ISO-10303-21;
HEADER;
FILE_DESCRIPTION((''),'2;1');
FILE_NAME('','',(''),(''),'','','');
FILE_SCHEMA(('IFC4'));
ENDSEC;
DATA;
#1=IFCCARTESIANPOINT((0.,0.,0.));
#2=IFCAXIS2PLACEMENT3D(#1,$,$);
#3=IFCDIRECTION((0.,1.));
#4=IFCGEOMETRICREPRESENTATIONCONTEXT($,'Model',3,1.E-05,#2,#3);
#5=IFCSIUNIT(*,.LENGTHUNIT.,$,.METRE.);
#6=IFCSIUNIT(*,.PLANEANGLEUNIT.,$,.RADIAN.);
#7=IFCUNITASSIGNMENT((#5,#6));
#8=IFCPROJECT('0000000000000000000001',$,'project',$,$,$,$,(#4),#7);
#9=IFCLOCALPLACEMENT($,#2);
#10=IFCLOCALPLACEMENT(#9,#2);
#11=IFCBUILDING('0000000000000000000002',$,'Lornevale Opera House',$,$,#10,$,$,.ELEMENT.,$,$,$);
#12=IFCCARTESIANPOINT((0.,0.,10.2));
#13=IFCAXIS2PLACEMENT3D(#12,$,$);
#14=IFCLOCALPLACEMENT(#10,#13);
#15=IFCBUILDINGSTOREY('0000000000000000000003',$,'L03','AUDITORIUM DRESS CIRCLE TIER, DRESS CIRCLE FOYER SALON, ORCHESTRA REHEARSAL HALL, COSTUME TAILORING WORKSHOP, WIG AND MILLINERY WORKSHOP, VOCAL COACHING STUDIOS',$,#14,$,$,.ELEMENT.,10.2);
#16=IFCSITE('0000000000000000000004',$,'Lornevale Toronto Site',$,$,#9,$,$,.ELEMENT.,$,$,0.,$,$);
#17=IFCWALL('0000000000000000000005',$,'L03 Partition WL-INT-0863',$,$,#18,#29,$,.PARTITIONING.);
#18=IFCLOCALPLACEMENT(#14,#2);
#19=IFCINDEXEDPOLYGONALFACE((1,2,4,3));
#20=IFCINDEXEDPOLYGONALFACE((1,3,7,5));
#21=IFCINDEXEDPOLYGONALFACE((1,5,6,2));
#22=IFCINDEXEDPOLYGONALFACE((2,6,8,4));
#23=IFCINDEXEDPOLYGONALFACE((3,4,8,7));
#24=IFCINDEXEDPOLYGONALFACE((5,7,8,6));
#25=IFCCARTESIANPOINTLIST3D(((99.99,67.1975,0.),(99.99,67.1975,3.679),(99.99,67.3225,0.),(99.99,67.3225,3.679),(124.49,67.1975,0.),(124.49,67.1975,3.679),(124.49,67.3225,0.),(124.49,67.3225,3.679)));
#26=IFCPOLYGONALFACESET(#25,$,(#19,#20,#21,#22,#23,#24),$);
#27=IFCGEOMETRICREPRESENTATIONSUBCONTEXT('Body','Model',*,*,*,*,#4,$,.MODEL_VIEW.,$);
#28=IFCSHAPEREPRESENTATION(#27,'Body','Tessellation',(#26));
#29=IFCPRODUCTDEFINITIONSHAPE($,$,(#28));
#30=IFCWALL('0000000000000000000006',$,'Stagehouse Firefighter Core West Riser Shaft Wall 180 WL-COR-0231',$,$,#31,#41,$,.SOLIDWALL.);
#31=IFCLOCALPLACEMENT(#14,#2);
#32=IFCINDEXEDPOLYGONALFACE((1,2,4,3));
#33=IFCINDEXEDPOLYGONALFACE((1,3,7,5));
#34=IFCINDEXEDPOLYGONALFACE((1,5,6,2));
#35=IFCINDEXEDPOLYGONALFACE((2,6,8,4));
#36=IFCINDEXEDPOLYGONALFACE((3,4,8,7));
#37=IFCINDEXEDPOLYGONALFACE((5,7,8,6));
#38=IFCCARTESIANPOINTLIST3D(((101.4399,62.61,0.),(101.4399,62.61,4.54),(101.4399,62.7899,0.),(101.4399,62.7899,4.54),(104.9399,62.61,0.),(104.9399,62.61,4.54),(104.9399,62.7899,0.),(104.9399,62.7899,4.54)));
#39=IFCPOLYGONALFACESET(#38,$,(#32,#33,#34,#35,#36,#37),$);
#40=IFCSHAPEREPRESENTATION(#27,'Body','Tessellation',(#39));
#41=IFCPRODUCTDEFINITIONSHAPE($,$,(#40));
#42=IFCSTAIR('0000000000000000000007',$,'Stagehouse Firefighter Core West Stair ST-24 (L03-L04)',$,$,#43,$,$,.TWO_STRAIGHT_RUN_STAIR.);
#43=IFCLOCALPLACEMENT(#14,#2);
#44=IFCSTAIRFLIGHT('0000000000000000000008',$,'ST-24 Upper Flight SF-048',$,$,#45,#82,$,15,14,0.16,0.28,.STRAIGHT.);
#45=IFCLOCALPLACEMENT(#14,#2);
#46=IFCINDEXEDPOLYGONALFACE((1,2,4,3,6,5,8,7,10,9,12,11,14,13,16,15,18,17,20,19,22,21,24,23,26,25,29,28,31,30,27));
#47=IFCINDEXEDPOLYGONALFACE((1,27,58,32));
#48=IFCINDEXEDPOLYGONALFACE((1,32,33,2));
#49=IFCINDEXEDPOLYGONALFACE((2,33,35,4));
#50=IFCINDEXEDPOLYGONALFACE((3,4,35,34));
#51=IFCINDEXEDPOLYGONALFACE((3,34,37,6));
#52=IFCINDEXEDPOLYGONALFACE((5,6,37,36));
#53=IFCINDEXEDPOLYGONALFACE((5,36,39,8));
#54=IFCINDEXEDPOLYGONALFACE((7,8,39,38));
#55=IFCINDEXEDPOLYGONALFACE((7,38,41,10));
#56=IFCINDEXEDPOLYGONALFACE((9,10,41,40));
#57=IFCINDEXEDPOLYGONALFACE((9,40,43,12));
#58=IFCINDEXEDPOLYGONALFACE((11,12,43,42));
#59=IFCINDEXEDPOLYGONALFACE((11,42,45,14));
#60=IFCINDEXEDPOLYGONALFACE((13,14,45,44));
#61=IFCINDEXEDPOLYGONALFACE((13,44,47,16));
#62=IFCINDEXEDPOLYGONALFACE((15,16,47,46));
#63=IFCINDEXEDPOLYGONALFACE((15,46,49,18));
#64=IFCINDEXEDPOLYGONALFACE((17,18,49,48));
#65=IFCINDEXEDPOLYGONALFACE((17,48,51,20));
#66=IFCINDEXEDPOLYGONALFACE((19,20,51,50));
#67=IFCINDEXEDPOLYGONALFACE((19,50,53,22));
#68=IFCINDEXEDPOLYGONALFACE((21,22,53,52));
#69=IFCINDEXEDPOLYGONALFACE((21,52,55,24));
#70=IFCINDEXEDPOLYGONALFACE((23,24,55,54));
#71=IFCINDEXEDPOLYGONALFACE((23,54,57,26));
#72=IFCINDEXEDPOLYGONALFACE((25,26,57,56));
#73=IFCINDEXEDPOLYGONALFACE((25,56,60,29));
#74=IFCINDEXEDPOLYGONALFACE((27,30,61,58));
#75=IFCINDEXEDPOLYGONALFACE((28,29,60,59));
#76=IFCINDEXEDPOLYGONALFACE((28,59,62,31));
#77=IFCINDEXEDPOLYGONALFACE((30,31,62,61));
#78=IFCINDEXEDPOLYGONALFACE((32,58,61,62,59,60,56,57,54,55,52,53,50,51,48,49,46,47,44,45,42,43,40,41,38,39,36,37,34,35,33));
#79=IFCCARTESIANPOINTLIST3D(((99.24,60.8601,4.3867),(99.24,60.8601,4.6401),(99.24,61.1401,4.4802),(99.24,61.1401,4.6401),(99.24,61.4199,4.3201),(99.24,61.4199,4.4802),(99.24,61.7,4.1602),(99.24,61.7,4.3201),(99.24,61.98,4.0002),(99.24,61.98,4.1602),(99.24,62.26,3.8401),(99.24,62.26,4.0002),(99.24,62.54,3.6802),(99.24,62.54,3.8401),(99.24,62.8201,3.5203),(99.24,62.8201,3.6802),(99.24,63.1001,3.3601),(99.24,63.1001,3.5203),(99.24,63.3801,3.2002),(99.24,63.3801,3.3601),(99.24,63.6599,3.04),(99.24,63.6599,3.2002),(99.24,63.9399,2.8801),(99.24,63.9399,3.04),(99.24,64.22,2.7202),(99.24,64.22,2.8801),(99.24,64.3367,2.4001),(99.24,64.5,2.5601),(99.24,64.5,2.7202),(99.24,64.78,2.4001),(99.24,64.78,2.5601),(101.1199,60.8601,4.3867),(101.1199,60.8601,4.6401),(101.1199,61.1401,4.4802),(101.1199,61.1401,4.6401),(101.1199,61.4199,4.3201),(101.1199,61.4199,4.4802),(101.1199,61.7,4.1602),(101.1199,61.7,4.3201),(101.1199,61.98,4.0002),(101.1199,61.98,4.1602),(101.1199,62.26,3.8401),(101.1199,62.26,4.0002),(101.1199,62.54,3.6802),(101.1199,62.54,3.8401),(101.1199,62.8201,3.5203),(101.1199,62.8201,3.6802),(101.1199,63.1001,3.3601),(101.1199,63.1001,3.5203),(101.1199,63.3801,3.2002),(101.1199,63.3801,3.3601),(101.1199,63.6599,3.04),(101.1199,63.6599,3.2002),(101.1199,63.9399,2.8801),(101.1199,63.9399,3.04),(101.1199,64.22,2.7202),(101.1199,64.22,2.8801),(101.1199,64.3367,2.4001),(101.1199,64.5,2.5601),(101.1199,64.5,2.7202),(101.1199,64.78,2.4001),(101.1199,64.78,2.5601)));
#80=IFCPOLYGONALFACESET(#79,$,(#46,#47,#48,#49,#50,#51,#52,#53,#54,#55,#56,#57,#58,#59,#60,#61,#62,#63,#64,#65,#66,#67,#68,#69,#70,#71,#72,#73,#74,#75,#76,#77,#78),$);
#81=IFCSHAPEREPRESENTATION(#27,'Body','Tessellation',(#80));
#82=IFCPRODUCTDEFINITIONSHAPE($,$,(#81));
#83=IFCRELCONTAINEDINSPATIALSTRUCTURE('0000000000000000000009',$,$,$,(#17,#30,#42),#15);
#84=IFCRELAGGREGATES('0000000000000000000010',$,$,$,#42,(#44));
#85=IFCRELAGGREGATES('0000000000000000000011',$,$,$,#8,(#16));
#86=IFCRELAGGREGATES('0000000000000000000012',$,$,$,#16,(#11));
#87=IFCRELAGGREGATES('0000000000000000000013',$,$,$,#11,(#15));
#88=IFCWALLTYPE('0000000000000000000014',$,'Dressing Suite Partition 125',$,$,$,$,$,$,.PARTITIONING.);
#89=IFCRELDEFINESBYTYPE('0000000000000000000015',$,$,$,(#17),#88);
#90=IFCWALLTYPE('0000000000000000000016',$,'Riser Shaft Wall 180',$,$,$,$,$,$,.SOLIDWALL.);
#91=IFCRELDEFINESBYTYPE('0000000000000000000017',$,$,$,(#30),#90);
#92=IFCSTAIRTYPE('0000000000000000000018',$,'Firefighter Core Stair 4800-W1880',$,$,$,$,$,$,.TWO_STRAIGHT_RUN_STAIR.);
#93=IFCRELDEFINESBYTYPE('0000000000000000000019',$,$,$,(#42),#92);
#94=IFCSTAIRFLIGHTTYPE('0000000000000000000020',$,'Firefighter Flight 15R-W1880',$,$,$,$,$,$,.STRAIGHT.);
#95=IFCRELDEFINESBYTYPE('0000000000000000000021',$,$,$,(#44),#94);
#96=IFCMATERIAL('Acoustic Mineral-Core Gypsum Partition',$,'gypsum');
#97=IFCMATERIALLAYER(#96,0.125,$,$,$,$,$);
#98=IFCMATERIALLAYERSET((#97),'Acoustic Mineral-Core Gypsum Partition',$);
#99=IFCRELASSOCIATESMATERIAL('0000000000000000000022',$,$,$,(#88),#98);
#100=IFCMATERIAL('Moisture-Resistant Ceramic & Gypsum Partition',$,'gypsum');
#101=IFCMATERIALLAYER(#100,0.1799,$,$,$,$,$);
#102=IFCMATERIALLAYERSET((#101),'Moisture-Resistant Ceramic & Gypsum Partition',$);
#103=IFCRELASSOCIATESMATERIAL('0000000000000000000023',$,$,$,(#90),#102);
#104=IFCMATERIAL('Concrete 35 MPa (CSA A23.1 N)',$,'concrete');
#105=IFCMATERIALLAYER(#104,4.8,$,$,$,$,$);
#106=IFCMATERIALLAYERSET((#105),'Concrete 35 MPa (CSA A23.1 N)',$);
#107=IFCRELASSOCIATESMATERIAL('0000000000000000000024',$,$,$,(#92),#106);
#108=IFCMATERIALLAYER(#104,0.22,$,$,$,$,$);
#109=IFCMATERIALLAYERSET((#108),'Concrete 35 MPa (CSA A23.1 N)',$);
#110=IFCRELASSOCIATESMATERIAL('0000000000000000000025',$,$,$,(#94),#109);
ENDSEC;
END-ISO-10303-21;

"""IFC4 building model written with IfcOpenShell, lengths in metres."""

from ifc_helpers import new_model, si_unit, direction, frame, frame_2d, origin, place, context, subcontext, project, spatial, polyline, rectangle, outline, extrude, material, layer, layer_set, type_object, element, aggregate, save


model = new_model("IFC4")

# Units and contexts
model_context = context("Model", 3, precision=1e-05, world=origin(), true_north=direction((0.0, 1.0)))
body_context = subcontext(model_context, "Body", "Model", "MODEL_VIEW")
ifc_project = project(units=[si_unit("LENGTHUNIT", "METRE"), si_unit("PLANEANGLEUNIT", "RADIAN")], contexts=[model_context])

# Site, building, storey
site_placement = place(None, origin())
site = spatial("IfcSite", under=ifc_project, at=site_placement, Name="Lornevale Toronto Site", CompositionType="ELEMENT", RefElevation=0.0)
building_placement = place(site_placement, origin())
building = spatial("IfcBuilding", under=site, at=building_placement, Name="Lornevale Opera House", CompositionType="ELEMENT")
storey_placement = place(building_placement, frame((0.0, 0.0, 10.2)))
storey = spatial("IfcBuildingStorey", under=building, at=storey_placement, Name="L03", Description="AUDITORIUM DRESS CIRCLE TIER, DRESS CIRCLE FOYER SALON, ORCHESTRA REHEARSAL HALL, COSTUME TAILORING WORKSHOP, WIG AND MILLINERY WORKSHOP, VOCAL COACHING STUDIOS", CompositionType="ELEMENT", Elevation=10.2)

# Shared definitions
ifc_material_1 = material(Name="Concrete 35 MPa (CSA A23.1 N)", Category="concrete")

# Shared definitions
ifc_material_2 = material(Name="Acoustic Mineral-Core Gypsum Partition", Category="gypsum")
ifc_layer_1 = layer(ifc_material_2, 0.125)
ifc_layer_set_1 = layer_set([ifc_layer_1], Name="Acoustic Mineral-Core Gypsum Partition")
wall_type_1 = type_object("IfcWallType", Name="Dressing Suite Partition 125", PredefinedType="PARTITIONING", material=ifc_layer_set_1)

# Walls
wall_1_placement = place(storey_placement, frame((99.99, 67.26, 0.0), z_axis=(0.0, 0.0, 1.0), x_axis=(1.0, 0.0, 0.0)))
element("IfcWall", 1, at=wall_1_placement, inside=storey, type_object=wall_type_1, Name="L03 Partition WL-INT-0863", PredefinedType="PARTITIONING", context=body_context, shape_type="SweptSolid", body=[
    extrude(rectangle(XDim=24.5, YDim=0.125, at=frame_2d((12.25, 0.0))), origin(), (0.0, 0.0, 1.0), 3.679),
])
ifc_material_3 = material(Name="Moisture-Resistant Ceramic & Gypsum Partition", Category="gypsum")
ifc_layer_2 = layer(ifc_material_3, 0.1799)
ifc_layer_set_2 = layer_set([ifc_layer_2], Name="Moisture-Resistant Ceramic & Gypsum Partition")
wall_type_2 = type_object("IfcWallType", Name="Riser Shaft Wall 180", PredefinedType="SOLIDWALL", material=ifc_layer_set_2)
wall_2_placement = place(storey_placement, frame((101.4399, 62.7, 0.0), z_axis=(0.0, 0.0, 1.0), x_axis=(1.0, 0.0, 0.0)))
element("IfcWall", 2, at=wall_2_placement, inside=storey, type_object=wall_type_2, Name="Stagehouse Firefighter Core West Riser Shaft Wall 180 WL-COR-0231", PredefinedType="SOLIDWALL", context=body_context, shape_type="SweptSolid", body=[
    extrude(rectangle(XDim=3.5, YDim=0.1799, at=frame_2d((1.75, 0.0))), origin(), (0.0, 0.0, 1.0), 4.54),
])

# Stair, stair flight
ifc_layer_3 = layer(ifc_material_1, 4.8)
ifc_layer_set_3 = layer_set([ifc_layer_3], Name="Concrete 35 MPa (CSA A23.1 N)")
stair_type = type_object("IfcStairType", Name="Firefighter Core Stair 4800-W1880", PredefinedType="TWO_STRAIGHT_RUN_STAIR", material=ifc_layer_set_3)
stair_placement = place(storey_placement, origin())
stair = element("IfcStair", 3, at=stair_placement, inside=storey, type_object=stair_type, Name="Stagehouse Firefighter Core West Stair ST-24 (L03-L04)", PredefinedType="TWO_STRAIGHT_RUN_STAIR")
ifc_layer_4 = layer(ifc_material_1, 0.22)
ifc_layer_set_4 = layer_set([ifc_layer_4], Name="Concrete 35 MPa (CSA A23.1 N)")
stair_flight_type = type_object("IfcStairFlightType", Name="Firefighter Flight 15R-W1880", PredefinedType="STRAIGHT", material=ifc_layer_set_4)
stair_flight_placement = place(storey_placement, frame((100.1799, 64.78, 2.4001), z_axis=(0.0, 0.0, 1.0), x_axis=(0.0, -1.0, 0.0)))
stair_flight = element("IfcStairFlight", 4, at=stair_flight_placement, type_object=stair_flight_type, Name="ST-24 Upper Flight SF-048", NumberOfRisers=15, NumberOfTreads=14, PredefinedType="STRAIGHT", RiserHeight=0.16, TreadLength=0.28, context=body_context, shape_type="SweptSolid", body=[
    extrude(outline(polyline([(0.0, 0.0), (0.0, 0.1599), (0.28, 0.1599), (0.28, 0.3201), (0.5601, 0.3201), (0.5601, 0.48), (0.8401, 0.48), (0.8401, 0.6399), (1.1201, 0.6399), (1.1201, 0.8), (1.3999, 0.8), (1.3999, 0.96), (1.6799, 0.96), (1.6799, 1.1201), (1.96, 1.1201), (1.96, 1.28), (2.24, 1.28), (2.24, 1.4399), (2.52, 1.4399), (2.52, 1.6001), (2.8, 1.6001), (2.8, 1.76), (3.0801, 1.76), (3.0801, 1.9199), (3.3601, 1.9199), (3.3601, 2.0801), (3.6399, 2.0801), (3.6399, 2.24), (3.9199, 2.24), (3.9199, 1.9866), (0.4434, 0.0), (0.0, 0.0)])), frame((0.0, 0.9399, 0.0), z_axis=(0.0, -1.0, 0.0), x_axis=(1.0, 0.0, 0.0)), (0.0, 0.0, 1.0), 1.8799),
])
aggregate(stair, [stair_flight])

save(model, "model.ifc")
